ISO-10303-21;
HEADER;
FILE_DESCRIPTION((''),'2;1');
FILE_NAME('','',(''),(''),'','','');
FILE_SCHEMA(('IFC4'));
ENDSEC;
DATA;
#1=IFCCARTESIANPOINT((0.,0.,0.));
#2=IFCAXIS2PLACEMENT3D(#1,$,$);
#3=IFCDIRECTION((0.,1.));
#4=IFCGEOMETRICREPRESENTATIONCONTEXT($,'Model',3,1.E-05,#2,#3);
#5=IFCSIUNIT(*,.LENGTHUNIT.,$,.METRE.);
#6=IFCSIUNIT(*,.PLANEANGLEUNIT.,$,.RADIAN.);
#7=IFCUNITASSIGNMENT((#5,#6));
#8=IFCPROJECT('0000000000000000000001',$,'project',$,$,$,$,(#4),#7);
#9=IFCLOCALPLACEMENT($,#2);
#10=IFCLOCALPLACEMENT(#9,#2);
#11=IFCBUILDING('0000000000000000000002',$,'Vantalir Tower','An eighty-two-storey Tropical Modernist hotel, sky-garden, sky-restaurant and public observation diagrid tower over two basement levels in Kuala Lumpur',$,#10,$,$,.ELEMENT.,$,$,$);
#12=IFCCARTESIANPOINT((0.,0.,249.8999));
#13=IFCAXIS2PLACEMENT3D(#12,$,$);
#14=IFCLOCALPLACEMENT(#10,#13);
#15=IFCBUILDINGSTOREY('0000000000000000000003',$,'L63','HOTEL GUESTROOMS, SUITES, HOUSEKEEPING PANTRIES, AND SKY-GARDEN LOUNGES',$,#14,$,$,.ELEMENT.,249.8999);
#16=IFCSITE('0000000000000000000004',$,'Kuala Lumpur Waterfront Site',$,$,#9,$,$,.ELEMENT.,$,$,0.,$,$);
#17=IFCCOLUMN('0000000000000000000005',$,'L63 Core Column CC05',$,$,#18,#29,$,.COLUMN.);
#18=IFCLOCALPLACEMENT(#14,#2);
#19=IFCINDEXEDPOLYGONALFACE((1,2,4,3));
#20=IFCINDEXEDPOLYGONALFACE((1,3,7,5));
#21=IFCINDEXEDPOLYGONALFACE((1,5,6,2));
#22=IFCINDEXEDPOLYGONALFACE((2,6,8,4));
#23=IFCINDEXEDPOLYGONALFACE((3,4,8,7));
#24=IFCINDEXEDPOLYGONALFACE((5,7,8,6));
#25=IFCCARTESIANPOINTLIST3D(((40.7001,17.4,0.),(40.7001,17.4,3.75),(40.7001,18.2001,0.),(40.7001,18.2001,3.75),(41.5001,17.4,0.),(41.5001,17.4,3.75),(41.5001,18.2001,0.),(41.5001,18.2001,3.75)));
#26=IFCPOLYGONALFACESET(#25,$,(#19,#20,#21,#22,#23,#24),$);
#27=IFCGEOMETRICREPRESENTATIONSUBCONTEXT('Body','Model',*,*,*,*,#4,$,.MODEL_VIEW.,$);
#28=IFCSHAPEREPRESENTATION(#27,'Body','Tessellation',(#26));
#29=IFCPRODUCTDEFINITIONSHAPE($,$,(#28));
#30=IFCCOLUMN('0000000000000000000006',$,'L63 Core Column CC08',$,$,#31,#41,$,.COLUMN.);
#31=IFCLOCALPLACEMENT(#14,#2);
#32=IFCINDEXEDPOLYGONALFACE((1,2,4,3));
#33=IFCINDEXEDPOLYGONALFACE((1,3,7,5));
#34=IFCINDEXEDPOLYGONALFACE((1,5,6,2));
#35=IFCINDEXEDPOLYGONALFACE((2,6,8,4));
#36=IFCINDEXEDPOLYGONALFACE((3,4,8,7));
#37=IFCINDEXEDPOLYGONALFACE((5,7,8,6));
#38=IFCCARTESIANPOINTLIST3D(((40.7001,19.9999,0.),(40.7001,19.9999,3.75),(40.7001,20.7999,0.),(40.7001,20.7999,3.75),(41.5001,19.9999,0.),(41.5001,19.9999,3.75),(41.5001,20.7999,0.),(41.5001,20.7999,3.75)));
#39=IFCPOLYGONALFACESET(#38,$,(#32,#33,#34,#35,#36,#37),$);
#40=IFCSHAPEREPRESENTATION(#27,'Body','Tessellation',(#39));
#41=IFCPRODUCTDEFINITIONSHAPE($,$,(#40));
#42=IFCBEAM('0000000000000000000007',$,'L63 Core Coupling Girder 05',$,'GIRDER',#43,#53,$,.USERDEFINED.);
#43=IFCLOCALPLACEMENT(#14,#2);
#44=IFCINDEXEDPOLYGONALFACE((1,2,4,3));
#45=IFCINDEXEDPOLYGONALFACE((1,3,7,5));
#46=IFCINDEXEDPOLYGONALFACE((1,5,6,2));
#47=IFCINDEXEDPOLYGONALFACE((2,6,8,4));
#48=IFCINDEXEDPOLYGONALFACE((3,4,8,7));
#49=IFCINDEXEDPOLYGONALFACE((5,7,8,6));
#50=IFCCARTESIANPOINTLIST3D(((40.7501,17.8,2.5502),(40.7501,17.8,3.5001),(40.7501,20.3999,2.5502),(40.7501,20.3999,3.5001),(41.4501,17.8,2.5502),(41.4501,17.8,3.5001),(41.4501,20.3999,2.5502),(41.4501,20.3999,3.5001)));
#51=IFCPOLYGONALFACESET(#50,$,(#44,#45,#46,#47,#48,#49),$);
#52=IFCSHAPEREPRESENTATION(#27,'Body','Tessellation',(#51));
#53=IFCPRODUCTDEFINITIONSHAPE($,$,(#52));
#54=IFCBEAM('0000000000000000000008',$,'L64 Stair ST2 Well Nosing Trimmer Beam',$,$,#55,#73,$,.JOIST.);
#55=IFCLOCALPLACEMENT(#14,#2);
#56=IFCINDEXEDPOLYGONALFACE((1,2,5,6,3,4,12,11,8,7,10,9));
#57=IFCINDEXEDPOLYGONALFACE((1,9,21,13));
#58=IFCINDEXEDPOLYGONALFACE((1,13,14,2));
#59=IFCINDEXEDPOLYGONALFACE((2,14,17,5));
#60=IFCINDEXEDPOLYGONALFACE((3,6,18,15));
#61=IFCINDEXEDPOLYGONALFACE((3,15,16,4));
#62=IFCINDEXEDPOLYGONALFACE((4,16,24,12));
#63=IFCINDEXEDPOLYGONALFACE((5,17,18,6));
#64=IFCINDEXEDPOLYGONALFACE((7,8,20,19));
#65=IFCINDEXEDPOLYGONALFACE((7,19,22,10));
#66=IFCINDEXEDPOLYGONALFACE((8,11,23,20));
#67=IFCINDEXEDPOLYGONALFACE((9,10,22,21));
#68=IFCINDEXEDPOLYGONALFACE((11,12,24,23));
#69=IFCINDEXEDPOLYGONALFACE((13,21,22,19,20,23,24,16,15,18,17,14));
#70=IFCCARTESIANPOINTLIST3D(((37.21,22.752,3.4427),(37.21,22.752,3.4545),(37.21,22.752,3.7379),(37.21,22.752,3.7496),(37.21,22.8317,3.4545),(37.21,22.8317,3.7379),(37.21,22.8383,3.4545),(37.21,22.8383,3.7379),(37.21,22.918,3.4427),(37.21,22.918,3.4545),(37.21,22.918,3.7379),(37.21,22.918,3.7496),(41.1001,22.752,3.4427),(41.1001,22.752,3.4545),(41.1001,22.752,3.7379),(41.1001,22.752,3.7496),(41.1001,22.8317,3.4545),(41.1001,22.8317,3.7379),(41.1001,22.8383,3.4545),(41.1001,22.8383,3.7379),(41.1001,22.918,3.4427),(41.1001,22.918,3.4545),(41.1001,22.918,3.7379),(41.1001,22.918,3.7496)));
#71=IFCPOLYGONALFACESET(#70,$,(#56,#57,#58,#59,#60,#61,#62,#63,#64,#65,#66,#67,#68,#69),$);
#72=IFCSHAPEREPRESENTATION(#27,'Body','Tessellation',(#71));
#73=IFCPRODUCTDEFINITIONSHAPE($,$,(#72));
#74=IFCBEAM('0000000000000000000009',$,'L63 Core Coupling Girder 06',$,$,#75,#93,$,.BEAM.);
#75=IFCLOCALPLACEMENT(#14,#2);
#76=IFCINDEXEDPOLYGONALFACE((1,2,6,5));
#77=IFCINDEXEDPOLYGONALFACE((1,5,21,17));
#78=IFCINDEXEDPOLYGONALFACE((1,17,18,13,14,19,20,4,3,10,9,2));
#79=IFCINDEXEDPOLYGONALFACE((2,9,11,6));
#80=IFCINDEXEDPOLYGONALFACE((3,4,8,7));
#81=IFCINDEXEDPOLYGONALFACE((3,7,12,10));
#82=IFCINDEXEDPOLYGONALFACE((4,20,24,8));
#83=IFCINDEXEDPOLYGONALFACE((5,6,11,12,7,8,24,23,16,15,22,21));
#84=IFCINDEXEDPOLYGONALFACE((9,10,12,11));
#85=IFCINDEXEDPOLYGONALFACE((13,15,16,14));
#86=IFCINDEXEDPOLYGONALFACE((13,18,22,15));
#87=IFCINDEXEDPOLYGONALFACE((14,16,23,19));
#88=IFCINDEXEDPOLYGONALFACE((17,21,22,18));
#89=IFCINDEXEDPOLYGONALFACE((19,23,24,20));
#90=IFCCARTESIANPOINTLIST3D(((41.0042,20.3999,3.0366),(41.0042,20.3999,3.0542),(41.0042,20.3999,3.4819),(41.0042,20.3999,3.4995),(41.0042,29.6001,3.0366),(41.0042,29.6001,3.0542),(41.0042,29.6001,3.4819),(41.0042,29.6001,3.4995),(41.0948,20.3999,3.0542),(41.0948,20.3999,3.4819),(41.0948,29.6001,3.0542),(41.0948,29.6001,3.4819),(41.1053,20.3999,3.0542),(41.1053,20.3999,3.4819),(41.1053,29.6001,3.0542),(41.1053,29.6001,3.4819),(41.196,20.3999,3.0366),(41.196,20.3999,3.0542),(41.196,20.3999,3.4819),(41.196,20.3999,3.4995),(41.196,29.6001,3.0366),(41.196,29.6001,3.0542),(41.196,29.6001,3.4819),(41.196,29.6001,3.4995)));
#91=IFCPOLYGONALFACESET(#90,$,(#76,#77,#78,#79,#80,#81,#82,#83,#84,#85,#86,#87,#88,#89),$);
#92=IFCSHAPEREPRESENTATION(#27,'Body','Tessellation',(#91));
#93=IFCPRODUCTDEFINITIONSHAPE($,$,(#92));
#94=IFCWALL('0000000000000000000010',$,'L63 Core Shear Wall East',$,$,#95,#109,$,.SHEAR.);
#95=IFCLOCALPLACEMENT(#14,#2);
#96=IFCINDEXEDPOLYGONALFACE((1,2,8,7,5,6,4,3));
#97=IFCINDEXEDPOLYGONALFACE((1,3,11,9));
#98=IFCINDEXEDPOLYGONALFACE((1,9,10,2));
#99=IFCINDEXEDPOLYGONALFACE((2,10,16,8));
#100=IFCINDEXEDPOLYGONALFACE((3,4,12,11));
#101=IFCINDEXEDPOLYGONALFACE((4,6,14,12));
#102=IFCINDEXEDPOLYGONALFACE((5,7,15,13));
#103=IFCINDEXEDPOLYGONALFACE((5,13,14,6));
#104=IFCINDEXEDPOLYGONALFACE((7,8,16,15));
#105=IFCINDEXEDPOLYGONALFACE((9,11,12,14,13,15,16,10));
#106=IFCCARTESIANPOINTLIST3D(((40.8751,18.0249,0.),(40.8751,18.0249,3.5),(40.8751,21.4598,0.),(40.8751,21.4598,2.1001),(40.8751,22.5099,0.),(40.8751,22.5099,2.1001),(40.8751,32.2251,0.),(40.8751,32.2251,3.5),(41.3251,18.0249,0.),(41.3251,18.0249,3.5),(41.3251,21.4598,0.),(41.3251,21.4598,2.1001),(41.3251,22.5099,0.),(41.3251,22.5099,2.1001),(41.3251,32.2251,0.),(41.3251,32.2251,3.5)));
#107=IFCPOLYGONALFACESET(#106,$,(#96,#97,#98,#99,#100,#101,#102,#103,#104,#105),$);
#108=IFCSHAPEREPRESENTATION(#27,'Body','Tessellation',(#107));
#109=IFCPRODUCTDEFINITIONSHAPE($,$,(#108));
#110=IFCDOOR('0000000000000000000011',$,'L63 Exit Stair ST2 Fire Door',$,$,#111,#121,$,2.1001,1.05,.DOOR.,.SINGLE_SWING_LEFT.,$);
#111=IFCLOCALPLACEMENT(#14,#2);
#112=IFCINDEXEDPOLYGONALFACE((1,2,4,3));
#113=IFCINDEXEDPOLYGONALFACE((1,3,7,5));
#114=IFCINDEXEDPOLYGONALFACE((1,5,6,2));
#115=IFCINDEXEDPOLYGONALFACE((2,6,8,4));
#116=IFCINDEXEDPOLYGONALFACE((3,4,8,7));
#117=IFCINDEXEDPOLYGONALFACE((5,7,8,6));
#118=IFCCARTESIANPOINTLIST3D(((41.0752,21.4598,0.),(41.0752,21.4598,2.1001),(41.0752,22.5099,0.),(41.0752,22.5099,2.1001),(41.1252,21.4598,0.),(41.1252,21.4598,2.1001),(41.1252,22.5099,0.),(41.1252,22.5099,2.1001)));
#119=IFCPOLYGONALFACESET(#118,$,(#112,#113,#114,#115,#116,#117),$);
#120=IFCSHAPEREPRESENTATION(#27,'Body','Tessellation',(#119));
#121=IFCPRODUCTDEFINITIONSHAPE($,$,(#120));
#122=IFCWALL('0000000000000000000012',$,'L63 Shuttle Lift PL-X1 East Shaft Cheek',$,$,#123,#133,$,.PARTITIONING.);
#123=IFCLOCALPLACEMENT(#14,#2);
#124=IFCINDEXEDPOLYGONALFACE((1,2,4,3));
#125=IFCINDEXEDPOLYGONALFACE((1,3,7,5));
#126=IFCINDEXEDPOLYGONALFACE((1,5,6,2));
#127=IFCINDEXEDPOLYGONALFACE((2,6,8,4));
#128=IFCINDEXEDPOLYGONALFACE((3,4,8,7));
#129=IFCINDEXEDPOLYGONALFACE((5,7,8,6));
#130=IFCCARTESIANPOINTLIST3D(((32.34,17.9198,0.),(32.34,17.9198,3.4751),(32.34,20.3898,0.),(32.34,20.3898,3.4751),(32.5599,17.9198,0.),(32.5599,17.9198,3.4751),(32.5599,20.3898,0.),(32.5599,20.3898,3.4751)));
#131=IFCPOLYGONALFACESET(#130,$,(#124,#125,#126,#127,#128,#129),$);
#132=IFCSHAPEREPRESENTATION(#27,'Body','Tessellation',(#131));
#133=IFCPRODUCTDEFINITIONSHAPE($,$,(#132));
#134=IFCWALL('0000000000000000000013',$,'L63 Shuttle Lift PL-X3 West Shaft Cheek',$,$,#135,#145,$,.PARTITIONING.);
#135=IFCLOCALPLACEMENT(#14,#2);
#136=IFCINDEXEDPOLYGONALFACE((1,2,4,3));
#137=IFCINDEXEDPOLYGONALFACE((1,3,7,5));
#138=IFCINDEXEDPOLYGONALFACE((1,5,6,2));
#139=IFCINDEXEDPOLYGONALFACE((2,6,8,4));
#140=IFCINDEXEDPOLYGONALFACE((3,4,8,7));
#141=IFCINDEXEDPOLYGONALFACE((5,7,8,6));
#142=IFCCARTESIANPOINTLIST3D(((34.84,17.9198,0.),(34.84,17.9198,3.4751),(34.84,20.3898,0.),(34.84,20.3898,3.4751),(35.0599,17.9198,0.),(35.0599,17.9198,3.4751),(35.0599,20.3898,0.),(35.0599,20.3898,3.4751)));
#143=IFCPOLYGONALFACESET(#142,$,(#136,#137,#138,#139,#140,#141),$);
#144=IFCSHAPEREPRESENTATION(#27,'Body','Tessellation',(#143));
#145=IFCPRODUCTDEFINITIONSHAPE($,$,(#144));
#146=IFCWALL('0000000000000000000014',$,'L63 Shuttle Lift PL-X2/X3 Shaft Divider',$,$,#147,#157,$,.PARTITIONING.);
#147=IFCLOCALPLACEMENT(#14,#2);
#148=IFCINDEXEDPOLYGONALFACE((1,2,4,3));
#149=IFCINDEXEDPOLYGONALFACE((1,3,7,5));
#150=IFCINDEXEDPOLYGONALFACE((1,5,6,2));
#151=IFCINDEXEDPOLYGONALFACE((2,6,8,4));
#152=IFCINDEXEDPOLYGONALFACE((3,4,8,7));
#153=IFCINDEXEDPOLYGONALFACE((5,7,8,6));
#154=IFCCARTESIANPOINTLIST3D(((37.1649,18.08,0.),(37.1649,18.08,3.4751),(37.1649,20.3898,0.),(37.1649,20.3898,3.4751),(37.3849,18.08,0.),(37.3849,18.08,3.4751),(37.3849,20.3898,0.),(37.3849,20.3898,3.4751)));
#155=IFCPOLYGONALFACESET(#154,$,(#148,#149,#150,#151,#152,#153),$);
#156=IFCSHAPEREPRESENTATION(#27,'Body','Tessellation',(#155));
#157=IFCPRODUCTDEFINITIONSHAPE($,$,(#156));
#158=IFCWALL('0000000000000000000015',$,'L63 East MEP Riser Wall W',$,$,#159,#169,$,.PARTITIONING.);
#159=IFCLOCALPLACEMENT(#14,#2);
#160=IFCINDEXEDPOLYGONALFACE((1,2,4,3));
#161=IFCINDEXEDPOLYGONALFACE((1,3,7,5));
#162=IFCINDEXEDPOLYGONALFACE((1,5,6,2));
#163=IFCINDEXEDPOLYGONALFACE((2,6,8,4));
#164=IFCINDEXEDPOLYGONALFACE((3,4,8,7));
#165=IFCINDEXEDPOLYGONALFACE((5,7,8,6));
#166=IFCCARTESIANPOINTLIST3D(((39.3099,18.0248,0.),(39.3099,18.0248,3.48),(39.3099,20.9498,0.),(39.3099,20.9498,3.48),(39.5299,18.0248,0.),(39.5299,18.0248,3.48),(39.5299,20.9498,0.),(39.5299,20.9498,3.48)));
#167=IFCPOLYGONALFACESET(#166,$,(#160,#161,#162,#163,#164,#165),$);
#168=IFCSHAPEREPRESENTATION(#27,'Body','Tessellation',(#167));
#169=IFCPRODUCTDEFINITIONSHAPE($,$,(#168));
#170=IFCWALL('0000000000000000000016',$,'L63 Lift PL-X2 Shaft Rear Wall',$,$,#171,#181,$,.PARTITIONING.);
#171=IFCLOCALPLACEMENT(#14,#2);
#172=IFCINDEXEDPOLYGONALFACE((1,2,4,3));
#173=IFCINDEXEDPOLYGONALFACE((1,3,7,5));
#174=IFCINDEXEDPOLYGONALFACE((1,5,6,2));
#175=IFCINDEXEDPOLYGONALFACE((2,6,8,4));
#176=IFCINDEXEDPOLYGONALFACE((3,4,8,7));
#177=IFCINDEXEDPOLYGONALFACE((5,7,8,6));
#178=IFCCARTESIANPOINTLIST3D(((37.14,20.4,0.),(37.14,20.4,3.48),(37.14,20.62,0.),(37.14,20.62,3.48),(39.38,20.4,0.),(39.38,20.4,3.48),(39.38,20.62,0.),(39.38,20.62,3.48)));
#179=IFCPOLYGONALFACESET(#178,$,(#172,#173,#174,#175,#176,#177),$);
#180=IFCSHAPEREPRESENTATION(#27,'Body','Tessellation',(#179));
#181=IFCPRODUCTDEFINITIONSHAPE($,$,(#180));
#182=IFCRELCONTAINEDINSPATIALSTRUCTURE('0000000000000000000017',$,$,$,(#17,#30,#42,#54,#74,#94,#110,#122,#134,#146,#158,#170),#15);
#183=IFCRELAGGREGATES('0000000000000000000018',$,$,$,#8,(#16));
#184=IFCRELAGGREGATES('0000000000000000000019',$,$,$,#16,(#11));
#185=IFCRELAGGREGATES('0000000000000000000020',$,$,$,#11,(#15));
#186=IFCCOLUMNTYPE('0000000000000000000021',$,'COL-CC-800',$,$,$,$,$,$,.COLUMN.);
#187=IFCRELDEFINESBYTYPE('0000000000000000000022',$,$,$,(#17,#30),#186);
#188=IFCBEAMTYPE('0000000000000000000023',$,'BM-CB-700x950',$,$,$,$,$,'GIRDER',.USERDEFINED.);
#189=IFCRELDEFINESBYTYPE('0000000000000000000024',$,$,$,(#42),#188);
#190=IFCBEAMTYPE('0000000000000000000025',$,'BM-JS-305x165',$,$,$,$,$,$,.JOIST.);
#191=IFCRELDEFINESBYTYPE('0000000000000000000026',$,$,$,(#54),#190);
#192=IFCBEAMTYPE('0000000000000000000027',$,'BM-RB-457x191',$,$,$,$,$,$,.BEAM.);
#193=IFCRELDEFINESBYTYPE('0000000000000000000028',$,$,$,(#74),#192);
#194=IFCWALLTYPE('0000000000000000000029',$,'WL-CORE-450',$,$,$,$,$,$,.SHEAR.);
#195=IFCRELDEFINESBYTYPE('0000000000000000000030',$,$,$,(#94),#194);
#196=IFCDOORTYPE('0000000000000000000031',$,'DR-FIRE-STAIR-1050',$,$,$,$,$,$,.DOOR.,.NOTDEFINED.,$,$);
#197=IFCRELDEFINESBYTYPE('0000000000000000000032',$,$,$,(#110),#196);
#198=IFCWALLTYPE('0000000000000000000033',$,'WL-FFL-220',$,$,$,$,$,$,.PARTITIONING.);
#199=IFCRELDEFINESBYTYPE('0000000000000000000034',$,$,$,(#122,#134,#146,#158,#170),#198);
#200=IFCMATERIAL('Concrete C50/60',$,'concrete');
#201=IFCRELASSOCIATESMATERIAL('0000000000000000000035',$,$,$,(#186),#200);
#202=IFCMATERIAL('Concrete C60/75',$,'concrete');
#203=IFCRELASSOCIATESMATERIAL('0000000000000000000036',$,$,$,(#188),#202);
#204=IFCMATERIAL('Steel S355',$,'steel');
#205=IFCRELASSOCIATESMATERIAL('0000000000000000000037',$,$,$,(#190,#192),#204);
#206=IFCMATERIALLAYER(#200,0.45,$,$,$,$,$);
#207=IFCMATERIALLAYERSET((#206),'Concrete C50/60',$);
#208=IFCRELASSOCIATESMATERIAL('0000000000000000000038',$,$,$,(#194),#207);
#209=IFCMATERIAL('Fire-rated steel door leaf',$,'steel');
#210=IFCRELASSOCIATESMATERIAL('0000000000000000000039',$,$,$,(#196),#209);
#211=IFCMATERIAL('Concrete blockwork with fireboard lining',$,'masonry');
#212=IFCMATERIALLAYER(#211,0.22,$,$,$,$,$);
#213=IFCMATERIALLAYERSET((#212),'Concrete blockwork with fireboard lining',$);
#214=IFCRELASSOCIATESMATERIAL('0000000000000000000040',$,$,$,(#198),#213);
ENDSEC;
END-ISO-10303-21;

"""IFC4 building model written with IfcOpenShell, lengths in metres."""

from ifc_helpers import new_model, si_unit, direction, frame, frame_2d, origin, origin_2d, place, context, subcontext, project, spatial, rectangle, i_section, extrude, material, layer, layer_set, material_profile, profile_set, type_object, element, fill, save


model = new_model("IFC4")

# Units and contexts
model_context = context("Model", 3, precision=1e-05, world=origin(), true_north=direction((0.0, 1.0)))
body_context = subcontext(model_context, "Body", "Model", "MODEL_VIEW")
ifc_project = project(units=[si_unit("LENGTHUNIT", "METRE"), si_unit("PLANEANGLEUNIT", "RADIAN")], contexts=[model_context])

# Site, building, storey
site_placement = place(None, origin())
site = spatial("IfcSite", under=ifc_project, at=site_placement, Name="Kuala Lumpur Waterfront Site", CompositionType="ELEMENT", RefElevation=0.0)
building_placement = place(site_placement, origin())
building = spatial("IfcBuilding", under=site, at=building_placement, Name="Vantalir Tower", Description="An eighty-two-storey Tropical Modernist hotel, sky-garden, sky-restaurant and public observation diagrid tower over two basement levels in Kuala Lumpur", CompositionType="ELEMENT")
storey_placement = place(building_placement, frame((0.0, 0.0, 249.8999)))
storey = spatial("IfcBuildingStorey", under=building, at=storey_placement, Name="L63", Description="HOTEL GUESTROOMS, SUITES, HOUSEKEEPING PANTRIES, AND SKY-GARDEN LOUNGES", CompositionType="ELEMENT", Elevation=249.8999)

# Columns
ifc_material_1 = material(Name="Concrete C50/60", Category="concrete")
ifc_material_profile_1 = material_profile(ifc_material_1, rectangle(XDim=0.8, YDim=0.8, at=origin_2d()), Name="Concrete C50/60")
ifc_profile_set_1 = profile_set([ifc_material_profile_1], Name="Concrete C50/60")
column_type = type_object("IfcColumnType", Name="COL-CC-800", PredefinedType="COLUMN", material=ifc_profile_set_1)
for number, where, z_axis, x_axis, name in (
    (1, (41.1001, 17.8, 0.0), (0.0, 0.0, 1.0), (1.0, 0.0, 0.0), "L63 Core Column CC05"),
    (2, (41.1001, 20.3999, 0.0), (0.0, 0.0, 1.0), (1.0, 0.0, 0.0), "L63 Core Column CC08"),
):
    element("IfcColumn", number, at=place(storey_placement, frame(where, z_axis=z_axis, x_axis=x_axis)), inside=storey, type_object=column_type, Name=name, PredefinedType="COLUMN", context=body_context, shape_type="SweptSolid", body=[
        extrude(rectangle(XDim=0.8, YDim=0.8, at=origin_2d()), origin(), (0.0, 0.0, 1.0), 3.75),
    ])

# Beams
ifc_material_2 = material(Name="Concrete C60/75", Category="concrete")
ifc_material_profile_2 = material_profile(ifc_material_2, rectangle(XDim=0.7, YDim=0.95, at=origin_2d()), Name="Concrete C60/75")
ifc_profile_set_2 = profile_set([ifc_material_profile_2], Name="Concrete C60/75")
beam_type_1 = type_object("IfcBeamType", Name="BM-CB-700x950", ElementType="GIRDER", PredefinedType="USERDEFINED", material=ifc_profile_set_2)
beam_1_placement = place(storey_placement, frame((41.1001, 17.8, 3.0251), z_axis=(0.0, 1.0, 0.0), x_axis=(-1.0, 0.0, 0.0)))
element("IfcBeam", 3, at=beam_1_placement, inside=storey, type_object=beam_type_1, Name="L63 Core Coupling Girder 05", ObjectType="GIRDER", PredefinedType="USERDEFINED", context=body_context, shape_type="SweptSolid", body=[
    extrude(rectangle(XDim=0.7, YDim=0.95, at=origin_2d()), origin(), (0.0, 0.0, 1.0), 2.5999),
])
ifc_material_3 = material(Name="Steel S355", Category="steel")
ifc_material_profile_3 = material_profile(ifc_material_3, i_section(OverallWidth=0.166, OverallDepth=0.3069, WebThickness=0.0066, FlangeThickness=0.0117, at=origin_2d()), Name="Steel S355")
ifc_profile_set_3 = profile_set([ifc_material_profile_3], Name="Steel S355")
beam_type_2 = type_object("IfcBeamType", Name="BM-JS-305x165", PredefinedType="JOIST", material=ifc_profile_set_3)
beam_2_placement = place(storey_placement, frame((37.21, 22.835, 3.5962), z_axis=(1.0, 0.0, 0.0), x_axis=(0.0, 1.0, 0.0)))
element("IfcBeam", 4, at=beam_2_placement, inside=storey, type_object=beam_type_2, Name="L64 Stair ST2 Well Nosing Trimmer Beam", PredefinedType="JOIST", context=body_context, shape_type="SweptSolid", body=[
    extrude(i_section(OverallWidth=0.166, OverallDepth=0.3069, WebThickness=0.0066, FlangeThickness=0.0117, at=origin_2d()), origin(), (0.0, 0.0, 1.0), 3.8901),
])
ifc_material_profile_4 = material_profile(ifc_material_3, i_section(OverallWidth=0.1919, OverallDepth=0.4629, WebThickness=0.0105, FlangeThickness=0.0176, at=origin_2d()), Name="Steel S355")
ifc_profile_set_4 = profile_set([ifc_material_profile_4], Name="Steel S355")
beam_type_3 = type_object("IfcBeamType", Name="BM-RB-457x191", PredefinedType="BEAM", material=ifc_profile_set_4)
beam_3_placement = place(storey_placement, frame((41.1001, 20.3999, 3.2681), z_axis=(0.0, 1.0, 0.0), x_axis=(-1.0, 0.0, 0.0)))
element("IfcBeam", 5, at=beam_3_placement, inside=storey, type_object=beam_type_3, Name="L63 Core Coupling Girder 06", PredefinedType="BEAM", context=body_context, shape_type="SweptSolid", body=[
    extrude(i_section(OverallWidth=0.1919, OverallDepth=0.4629, WebThickness=0.0105, FlangeThickness=0.0176, at=origin_2d()), origin(), (0.0, 0.0, 1.0), 9.2002),
])

# Wall, opening, door
ifc_layer_1 = layer(ifc_material_1, 0.45)
ifc_layer_set_1 = layer_set([ifc_layer_1], Name="Concrete C50/60")
wall_type_1 = type_object("IfcWallType", Name="WL-CORE-450", PredefinedType="SHEAR", material=ifc_layer_set_1)
wall_1_placement = place(storey_placement, frame((41.1001, 18.0249, 0.0), z_axis=(0.0, 0.0, 1.0), x_axis=(0.0, 1.0, 0.0)))
wall_1 = element("IfcWall", 6, at=wall_1_placement, inside=storey, type_object=wall_type_1, Name="L63 Core Shear Wall East", PredefinedType="SHEAR", context=body_context, shape_type="SweptSolid", body=[
    extrude(rectangle(XDim=14.2002, YDim=0.45, at=frame_2d((7.1001, 0.0))), origin(), (0.0, 0.0, 1.0), 3.5),
])
opening_1_placement = place(wall_1_placement, frame((3.4351, 0.0, 0.0)))
opening_1 = element("IfcOpeningElement", 7, at=opening_1_placement, cuts=wall_1, PredefinedType="OPENING", context=body_context, shape_type="SweptSolid", body=[
    extrude(rectangle(XDim=1.05, YDim=2.1001, at=frame_2d((0.5249, 1.05))), frame((0.0, 0.2349, 0.0), z_axis=(0.0, -1.0, 0.0), x_axis=(1.0, 0.0, 0.0)), (0.0, 0.0, 1.0), 0.47),
])
ifc_material_4 = material(Name="Fire-rated steel door leaf", Category="steel")
door_type_1 = type_object("IfcDoorType", Name="DR-FIRE-STAIR-1050", OperationType="NOTDEFINED", PredefinedType="DOOR", material=ifc_material_4)
door_1_placement = place(opening_1_placement, origin())
door_1 = element("IfcDoor", 8, at=door_1_placement, inside=storey, type_object=door_type_1, Name="L63 Exit Stair ST2 Fire Door", OperationType="SINGLE_SWING_LEFT", OverallHeight=2.1001, OverallWidth=1.05, PredefinedType="DOOR", context=body_context, shape_type="SweptSolid", body=[
    extrude(rectangle(XDim=1.05, YDim=2.1001, at=frame_2d((0.5249, 1.05))), frame((0.0, 0.0249, 0.0), z_axis=(0.0, -1.0, 0.0), x_axis=(1.0, 0.0, 0.0)), (0.0, 0.0, 1.0), 0.05),
])
fill(opening_1, door_1)

# Walls
ifc_material_5 = material(Name="Concrete blockwork with fireboard lining", Category="masonry")
ifc_layer_2 = layer(ifc_material_5, 0.22)
ifc_layer_set_2 = layer_set([ifc_layer_2], Name="Concrete blockwork with fireboard lining")
wall_type_2 = type_object("IfcWallType", Name="WL-FFL-220", PredefinedType="PARTITIONING", material=ifc_layer_set_2)
for number, where, z_axis, x_axis, name in (
    (9, (32.45, 17.9199, 0.0), (0.0, 0.0, 1.0), (0.0, 1.0, 0.0), "L63 Shuttle Lift PL-X1 East Shaft Cheek"),
    (10, (34.95, 17.9199, 0.0), (0.0, 0.0, 1.0), (0.0, 1.0, 0.0), "L63 Shuttle Lift PL-X3 West Shaft Cheek"),
):
    element("IfcWall", number, at=place(storey_placement, frame(where, z_axis=z_axis, x_axis=x_axis)), inside=storey, type_object=wall_type_2, Name=name, PredefinedType="PARTITIONING", context=body_context, shape_type="SweptSolid", body=[
        extrude(rectangle(XDim=2.47, YDim=0.22, at=frame_2d((1.2349, 0.0))), origin(), (0.0, 0.0, 1.0), 3.4751),
    ])
wall_2_placement = place(storey_placement, frame((37.2749, 18.0801, 0.0), z_axis=(0.0, 0.0, 1.0), x_axis=(0.0, 1.0, 0.0)))
element("IfcWall", 11, at=wall_2_placement, inside=storey, type_object=wall_type_2, Name="L63 Shuttle Lift PL-X2/X3 Shaft Divider", PredefinedType="PARTITIONING", context=body_context, shape_type="SweptSolid", body=[
    extrude(rectangle(XDim=2.3098, YDim=0.22, at=frame_2d((1.1548, 0.0))), origin(), (0.0, 0.0, 1.0), 3.4751),
])
wall_3_placement = place(storey_placement, frame((39.4199, 18.0249, 0.0), z_axis=(0.0, 0.0, 1.0), x_axis=(0.0, 1.0, 0.0)))
element("IfcWall", 12, at=wall_3_placement, inside=storey, type_object=wall_type_2, Name="L63 East MEP Riser Wall W", PredefinedType="PARTITIONING", context=body_context, shape_type="SweptSolid", body=[
    extrude(rectangle(XDim=2.925, YDim=0.22, at=frame_2d((1.4624, 0.0))), origin(), (0.0, 0.0, 1.0), 3.48),
])
for number, where, z_axis, x_axis, name in (
    (13, (37.1399, 20.51, 0.0), (0.0, 0.0, 1.0), (1.0, 0.0, 0.0), "L63 Lift PL-X2 Shaft Rear Wall"),
):
    element("IfcWall", number, at=place(storey_placement, frame(where, z_axis=z_axis, x_axis=x_axis)), inside=storey, type_object=wall_type_2, Name=name, PredefinedType="PARTITIONING", context=body_context, shape_type="SweptSolid", body=[
        extrude(rectangle(XDim=2.24, YDim=0.22, at=frame_2d((1.1201, 0.0))), origin(), (0.0, 0.0, 1.0), 3.48),
    ])

save(model, "model.ifc")
